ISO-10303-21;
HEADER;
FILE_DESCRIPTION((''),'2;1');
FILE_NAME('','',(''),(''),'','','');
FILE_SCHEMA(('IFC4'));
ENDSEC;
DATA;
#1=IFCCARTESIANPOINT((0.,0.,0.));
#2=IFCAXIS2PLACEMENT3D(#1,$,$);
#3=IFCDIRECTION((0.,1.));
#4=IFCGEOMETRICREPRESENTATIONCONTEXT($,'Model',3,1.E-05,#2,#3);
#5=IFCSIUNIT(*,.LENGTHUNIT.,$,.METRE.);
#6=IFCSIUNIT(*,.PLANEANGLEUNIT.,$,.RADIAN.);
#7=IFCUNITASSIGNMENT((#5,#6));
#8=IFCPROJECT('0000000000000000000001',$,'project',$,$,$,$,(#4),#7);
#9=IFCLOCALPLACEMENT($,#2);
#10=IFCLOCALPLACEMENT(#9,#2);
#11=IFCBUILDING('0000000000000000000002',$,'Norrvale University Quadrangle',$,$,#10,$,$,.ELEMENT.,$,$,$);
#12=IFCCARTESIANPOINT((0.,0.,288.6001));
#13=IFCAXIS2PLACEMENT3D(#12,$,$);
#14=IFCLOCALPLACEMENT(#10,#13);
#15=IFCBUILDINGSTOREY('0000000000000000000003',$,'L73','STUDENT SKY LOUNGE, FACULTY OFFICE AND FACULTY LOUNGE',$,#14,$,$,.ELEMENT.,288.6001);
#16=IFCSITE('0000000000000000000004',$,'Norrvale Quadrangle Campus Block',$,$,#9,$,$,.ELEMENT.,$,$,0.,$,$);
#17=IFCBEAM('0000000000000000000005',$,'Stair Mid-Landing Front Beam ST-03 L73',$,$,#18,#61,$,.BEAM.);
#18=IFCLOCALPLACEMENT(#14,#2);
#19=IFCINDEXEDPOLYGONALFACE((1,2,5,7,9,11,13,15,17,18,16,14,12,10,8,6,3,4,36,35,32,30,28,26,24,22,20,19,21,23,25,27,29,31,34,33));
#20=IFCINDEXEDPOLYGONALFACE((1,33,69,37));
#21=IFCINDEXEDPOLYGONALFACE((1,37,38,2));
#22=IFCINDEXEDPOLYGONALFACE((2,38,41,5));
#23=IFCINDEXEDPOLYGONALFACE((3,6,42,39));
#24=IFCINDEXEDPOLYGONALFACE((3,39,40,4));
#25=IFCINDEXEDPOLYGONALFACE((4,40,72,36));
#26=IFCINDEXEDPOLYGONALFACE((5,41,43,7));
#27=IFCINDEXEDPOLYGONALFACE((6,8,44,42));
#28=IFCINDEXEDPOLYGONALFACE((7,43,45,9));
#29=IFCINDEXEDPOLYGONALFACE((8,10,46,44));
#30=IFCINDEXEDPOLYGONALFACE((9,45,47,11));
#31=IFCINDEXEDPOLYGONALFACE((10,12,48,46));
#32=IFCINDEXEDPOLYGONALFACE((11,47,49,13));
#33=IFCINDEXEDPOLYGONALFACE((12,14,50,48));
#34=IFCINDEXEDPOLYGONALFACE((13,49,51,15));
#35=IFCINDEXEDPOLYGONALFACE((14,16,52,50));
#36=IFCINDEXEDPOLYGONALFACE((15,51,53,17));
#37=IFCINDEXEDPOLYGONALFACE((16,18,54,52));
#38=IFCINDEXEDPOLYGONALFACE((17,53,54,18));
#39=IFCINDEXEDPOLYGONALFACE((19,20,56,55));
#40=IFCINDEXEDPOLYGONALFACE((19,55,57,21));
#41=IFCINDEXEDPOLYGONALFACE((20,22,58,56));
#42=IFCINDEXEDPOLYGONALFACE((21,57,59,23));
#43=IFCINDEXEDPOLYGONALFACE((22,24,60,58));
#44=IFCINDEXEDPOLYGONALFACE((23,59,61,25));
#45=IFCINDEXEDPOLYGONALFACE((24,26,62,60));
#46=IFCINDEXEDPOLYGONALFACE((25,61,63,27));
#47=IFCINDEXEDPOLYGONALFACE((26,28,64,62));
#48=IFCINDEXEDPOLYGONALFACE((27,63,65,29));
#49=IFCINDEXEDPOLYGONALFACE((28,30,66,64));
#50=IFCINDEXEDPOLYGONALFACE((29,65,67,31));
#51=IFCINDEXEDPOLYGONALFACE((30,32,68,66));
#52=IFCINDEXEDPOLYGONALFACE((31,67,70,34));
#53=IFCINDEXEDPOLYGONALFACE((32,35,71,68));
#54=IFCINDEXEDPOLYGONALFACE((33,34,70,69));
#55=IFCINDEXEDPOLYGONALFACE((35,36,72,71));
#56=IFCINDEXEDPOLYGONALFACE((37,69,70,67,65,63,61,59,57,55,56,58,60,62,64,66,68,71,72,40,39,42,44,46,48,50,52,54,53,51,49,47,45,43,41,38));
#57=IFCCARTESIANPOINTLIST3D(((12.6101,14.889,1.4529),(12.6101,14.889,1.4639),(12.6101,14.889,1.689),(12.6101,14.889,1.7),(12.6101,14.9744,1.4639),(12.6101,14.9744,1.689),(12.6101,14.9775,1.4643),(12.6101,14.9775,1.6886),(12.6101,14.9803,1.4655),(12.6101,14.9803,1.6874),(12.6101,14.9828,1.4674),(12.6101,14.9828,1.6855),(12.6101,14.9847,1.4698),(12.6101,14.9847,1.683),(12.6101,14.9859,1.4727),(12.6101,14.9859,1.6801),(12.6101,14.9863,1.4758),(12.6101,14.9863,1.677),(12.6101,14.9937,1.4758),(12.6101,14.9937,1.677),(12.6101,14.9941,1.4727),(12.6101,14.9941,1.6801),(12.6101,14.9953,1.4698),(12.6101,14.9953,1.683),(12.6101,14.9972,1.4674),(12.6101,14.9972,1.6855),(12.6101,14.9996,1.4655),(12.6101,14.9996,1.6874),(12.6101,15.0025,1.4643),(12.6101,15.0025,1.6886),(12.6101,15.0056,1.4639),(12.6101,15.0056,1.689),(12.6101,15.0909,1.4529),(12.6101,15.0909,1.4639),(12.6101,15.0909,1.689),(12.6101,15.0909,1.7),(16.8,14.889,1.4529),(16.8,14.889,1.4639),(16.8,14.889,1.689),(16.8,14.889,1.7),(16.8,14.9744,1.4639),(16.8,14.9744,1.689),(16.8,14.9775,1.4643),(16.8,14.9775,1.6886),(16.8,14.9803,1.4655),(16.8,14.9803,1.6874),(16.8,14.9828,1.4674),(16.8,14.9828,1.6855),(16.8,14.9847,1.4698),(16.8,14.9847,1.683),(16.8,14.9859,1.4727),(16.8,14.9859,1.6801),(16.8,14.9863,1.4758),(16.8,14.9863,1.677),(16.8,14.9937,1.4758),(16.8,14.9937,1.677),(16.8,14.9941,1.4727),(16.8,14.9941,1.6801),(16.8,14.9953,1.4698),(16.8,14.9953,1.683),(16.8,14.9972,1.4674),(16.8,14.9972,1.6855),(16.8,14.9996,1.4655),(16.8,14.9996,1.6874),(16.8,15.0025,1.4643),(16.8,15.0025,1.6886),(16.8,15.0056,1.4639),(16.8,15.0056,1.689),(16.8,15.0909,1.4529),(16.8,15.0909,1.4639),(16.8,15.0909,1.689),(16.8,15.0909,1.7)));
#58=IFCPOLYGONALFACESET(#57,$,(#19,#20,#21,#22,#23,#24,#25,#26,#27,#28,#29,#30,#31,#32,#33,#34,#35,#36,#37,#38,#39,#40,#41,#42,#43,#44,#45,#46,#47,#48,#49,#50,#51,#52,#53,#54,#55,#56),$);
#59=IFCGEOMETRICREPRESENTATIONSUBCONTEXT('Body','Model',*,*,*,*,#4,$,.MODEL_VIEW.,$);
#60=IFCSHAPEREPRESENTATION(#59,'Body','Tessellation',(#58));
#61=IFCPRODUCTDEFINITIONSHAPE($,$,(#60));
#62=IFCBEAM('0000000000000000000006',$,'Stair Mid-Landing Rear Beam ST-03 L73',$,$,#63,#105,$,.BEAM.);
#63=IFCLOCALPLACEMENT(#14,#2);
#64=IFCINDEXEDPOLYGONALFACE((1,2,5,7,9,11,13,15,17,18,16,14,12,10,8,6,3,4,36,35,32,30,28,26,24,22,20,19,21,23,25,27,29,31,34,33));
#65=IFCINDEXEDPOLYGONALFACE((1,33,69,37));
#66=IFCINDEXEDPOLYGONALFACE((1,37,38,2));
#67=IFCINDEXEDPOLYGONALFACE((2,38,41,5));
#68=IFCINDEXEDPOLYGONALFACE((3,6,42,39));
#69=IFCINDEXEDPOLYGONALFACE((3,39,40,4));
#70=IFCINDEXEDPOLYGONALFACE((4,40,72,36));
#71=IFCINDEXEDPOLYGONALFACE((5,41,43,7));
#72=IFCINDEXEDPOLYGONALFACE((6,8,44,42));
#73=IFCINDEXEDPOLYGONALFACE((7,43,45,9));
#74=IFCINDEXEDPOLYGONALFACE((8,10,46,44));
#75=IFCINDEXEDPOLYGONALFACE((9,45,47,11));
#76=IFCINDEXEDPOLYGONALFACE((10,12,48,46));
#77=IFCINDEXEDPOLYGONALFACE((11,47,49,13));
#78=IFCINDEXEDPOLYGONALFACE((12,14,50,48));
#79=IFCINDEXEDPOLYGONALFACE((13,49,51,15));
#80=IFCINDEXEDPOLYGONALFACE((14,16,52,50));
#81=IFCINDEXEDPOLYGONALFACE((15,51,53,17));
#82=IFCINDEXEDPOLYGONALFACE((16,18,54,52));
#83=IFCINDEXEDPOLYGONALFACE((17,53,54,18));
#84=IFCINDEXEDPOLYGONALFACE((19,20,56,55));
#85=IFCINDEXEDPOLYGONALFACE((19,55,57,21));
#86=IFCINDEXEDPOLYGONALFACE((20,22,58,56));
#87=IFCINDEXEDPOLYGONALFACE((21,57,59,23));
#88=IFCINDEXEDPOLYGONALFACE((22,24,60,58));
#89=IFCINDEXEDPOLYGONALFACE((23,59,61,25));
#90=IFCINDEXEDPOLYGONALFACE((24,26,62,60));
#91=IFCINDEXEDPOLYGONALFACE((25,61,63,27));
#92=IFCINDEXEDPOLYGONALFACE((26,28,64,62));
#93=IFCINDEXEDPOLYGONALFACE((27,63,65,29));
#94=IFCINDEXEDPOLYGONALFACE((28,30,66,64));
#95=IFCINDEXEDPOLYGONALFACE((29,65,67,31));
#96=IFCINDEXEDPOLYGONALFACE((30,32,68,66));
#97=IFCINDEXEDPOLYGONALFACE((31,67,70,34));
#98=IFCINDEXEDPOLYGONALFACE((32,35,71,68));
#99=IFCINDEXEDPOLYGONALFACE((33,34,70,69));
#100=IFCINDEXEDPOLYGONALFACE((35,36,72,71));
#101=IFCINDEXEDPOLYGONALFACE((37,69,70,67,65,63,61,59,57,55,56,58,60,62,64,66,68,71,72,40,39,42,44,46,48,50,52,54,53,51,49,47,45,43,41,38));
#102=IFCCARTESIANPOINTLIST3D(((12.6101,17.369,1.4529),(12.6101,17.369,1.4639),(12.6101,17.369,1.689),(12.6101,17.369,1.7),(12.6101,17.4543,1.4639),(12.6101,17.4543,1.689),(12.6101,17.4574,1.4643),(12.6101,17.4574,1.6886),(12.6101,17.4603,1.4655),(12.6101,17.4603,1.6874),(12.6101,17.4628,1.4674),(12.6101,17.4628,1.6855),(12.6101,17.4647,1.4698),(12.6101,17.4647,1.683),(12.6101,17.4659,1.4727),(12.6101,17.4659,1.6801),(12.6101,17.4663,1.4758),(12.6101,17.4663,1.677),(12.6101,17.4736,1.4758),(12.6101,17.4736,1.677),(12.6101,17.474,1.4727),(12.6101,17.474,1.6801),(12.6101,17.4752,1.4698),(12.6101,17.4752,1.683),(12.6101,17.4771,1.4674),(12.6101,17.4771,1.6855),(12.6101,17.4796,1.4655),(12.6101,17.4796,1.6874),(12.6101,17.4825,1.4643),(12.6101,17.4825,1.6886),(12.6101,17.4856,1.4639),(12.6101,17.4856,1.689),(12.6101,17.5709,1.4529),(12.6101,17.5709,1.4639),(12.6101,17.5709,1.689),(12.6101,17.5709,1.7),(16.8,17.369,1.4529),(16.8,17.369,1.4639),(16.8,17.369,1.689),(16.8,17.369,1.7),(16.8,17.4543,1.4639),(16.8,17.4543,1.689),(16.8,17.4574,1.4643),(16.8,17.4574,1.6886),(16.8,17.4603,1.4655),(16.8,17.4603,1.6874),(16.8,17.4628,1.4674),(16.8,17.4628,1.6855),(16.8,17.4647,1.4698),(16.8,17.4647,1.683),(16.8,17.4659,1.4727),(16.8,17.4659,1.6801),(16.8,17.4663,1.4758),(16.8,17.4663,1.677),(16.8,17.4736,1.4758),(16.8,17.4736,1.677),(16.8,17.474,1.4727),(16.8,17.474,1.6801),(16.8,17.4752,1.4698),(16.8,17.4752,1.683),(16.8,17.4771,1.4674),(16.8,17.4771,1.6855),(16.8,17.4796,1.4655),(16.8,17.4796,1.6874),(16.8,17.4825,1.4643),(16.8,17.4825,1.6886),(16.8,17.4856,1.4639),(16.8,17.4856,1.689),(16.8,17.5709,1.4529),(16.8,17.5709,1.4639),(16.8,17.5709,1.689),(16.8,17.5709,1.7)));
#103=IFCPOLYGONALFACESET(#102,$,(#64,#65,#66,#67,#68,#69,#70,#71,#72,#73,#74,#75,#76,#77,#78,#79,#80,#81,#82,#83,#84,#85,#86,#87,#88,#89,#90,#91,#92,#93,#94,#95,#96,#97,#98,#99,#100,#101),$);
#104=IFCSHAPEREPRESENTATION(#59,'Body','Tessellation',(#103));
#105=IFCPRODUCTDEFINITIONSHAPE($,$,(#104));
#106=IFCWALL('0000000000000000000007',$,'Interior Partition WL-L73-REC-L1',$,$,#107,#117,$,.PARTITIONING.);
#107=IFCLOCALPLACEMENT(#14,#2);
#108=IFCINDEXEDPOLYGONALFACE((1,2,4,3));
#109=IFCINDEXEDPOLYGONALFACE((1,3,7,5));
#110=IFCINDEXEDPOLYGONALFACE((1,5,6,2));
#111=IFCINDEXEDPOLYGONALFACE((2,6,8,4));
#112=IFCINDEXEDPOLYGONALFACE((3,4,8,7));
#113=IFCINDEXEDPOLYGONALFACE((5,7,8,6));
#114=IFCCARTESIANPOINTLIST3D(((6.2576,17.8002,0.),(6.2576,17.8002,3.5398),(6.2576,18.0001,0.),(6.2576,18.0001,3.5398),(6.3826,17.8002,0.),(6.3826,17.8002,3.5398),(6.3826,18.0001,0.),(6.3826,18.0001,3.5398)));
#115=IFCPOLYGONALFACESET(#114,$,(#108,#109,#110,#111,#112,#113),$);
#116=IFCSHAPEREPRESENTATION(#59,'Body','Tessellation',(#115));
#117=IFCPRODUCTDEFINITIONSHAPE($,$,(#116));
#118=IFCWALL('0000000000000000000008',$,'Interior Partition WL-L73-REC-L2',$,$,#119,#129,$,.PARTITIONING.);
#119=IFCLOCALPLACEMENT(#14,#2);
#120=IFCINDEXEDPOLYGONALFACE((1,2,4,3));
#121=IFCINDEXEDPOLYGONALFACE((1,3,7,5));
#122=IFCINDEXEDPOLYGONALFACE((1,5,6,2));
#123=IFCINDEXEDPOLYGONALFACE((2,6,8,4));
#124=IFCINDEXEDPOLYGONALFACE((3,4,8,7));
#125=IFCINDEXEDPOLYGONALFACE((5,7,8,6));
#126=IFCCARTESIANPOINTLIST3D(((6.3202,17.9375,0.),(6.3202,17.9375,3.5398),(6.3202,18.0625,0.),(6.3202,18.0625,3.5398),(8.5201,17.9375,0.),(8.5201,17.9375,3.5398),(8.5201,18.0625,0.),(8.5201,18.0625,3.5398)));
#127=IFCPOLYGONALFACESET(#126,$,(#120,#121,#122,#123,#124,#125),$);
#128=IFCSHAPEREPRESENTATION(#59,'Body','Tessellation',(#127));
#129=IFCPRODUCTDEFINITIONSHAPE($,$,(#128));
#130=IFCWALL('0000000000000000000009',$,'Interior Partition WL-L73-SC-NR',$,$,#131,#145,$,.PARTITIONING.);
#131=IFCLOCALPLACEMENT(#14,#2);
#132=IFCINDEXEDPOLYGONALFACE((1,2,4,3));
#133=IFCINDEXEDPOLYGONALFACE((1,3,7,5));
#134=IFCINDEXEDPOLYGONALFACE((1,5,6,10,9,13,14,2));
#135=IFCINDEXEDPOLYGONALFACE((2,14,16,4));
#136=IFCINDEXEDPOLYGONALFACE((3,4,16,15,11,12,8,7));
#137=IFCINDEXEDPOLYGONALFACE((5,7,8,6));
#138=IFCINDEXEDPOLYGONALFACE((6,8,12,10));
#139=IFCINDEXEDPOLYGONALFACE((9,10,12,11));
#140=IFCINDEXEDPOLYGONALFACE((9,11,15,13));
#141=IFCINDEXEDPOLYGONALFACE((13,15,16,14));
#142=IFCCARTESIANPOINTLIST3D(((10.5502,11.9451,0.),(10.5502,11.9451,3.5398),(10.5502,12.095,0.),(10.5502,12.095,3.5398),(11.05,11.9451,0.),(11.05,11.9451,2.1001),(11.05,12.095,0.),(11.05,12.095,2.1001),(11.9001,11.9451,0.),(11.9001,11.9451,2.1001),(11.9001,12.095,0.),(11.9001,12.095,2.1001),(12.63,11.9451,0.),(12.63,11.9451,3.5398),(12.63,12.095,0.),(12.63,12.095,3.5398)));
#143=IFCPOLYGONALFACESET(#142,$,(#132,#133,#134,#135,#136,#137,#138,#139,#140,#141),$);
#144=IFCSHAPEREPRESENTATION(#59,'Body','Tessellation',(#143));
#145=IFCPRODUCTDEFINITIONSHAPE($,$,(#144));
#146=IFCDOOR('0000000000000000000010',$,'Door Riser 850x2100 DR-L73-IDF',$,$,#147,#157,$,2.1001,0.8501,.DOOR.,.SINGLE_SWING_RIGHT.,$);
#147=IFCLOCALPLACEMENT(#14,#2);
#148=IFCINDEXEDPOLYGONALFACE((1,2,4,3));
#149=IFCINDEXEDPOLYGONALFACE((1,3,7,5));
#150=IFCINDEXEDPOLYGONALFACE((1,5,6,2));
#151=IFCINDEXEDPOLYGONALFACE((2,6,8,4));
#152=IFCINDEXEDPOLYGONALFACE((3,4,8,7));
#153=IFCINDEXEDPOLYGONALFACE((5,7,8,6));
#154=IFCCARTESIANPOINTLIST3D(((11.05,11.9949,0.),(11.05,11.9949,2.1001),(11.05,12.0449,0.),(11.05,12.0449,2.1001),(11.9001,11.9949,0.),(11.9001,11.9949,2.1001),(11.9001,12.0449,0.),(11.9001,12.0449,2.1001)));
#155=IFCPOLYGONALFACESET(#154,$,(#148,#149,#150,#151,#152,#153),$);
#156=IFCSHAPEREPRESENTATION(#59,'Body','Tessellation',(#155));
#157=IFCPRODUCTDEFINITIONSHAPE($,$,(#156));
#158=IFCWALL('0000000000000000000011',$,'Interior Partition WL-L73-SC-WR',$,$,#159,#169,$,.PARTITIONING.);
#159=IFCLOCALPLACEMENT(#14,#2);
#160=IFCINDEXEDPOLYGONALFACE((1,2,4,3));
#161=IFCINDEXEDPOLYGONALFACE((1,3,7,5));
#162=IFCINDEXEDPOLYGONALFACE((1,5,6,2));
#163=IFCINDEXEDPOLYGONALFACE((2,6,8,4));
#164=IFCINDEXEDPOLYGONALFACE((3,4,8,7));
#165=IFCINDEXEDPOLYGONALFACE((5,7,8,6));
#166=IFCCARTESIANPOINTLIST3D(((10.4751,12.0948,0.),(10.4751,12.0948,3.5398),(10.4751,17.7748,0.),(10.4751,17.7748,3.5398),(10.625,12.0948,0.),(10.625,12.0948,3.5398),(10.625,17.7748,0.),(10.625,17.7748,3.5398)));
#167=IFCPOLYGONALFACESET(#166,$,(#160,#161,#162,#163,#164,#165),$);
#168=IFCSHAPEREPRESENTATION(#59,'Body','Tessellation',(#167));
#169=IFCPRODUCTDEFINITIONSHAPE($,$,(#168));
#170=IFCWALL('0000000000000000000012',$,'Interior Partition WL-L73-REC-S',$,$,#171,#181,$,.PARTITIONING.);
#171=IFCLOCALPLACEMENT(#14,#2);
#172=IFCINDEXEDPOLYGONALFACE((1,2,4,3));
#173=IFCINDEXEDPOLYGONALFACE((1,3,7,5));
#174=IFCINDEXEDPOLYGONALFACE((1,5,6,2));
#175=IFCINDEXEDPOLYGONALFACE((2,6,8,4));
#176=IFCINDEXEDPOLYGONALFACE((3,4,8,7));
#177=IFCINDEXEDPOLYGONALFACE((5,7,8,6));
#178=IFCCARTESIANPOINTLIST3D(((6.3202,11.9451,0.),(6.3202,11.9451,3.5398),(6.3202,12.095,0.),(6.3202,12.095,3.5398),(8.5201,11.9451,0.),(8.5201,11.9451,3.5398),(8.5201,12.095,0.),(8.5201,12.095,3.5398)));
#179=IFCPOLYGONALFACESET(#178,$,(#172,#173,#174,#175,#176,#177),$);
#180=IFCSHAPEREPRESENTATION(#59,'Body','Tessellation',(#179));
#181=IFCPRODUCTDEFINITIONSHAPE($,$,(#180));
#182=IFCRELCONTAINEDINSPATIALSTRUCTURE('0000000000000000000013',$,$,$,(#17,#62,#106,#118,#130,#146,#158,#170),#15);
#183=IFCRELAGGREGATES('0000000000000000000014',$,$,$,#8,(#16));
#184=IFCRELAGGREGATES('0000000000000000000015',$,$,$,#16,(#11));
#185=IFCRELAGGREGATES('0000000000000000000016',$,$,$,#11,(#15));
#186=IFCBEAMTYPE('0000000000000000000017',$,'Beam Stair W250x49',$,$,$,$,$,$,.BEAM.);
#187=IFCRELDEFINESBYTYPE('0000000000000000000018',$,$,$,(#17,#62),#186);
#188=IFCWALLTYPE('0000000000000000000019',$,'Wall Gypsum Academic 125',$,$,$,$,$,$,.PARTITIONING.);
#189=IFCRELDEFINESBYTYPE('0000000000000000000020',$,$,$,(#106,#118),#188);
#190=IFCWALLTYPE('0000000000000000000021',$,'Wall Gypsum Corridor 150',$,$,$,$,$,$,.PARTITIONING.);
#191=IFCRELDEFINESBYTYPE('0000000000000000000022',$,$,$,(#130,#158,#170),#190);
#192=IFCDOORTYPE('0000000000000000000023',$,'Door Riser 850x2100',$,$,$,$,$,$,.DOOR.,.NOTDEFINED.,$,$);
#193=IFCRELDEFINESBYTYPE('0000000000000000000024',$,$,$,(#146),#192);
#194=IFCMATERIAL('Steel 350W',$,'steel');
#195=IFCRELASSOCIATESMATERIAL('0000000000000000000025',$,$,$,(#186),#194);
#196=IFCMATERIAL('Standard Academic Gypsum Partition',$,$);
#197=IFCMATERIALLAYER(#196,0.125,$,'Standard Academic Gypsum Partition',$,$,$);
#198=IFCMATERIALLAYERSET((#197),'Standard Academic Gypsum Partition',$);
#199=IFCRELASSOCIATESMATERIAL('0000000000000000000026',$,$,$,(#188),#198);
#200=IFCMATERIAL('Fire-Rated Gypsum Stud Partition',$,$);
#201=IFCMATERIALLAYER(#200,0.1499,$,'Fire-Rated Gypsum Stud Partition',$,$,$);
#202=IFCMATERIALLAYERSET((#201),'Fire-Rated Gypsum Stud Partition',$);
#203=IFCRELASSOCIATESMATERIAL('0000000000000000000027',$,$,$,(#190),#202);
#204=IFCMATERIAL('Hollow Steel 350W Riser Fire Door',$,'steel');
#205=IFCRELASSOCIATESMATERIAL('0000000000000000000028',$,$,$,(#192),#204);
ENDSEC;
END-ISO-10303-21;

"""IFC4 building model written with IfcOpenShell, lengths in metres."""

from ifc_helpers import new_model, si_unit, direction, frame, frame_2d, origin, origin_2d, place, context, subcontext, project, spatial, rectangle, i_section, extrude, material, layer, layer_set, material_profile, profile_set, type_object, element, fill, save


model = new_model("IFC4")

# Units and contexts
model_context = context("Model", 3, precision=1e-05, world=origin(), true_north=direction((0.0, 1.0)))
body_context = subcontext(model_context, "Body", "Model", "MODEL_VIEW")
ifc_project = project(units=[si_unit("LENGTHUNIT", "METRE"), si_unit("PLANEANGLEUNIT", "RADIAN")], contexts=[model_context])

# Site, building, storey
site_placement = place(None, origin())
site = spatial("IfcSite", under=ifc_project, at=site_placement, Name="Norrvale Quadrangle Campus Block", CompositionType="ELEMENT", RefElevation=0.0)
building_placement = place(site_placement, origin())
building = spatial("IfcBuilding", under=site, at=building_placement, Name="Norrvale University Quadrangle", CompositionType="ELEMENT")
storey_placement = place(building_placement, frame((0.0, 0.0, 288.6001)))
storey = spatial("IfcBuildingStorey", under=building, at=storey_placement, Name="L73", Description="STUDENT SKY LOUNGE, FACULTY OFFICE AND FACULTY LOUNGE", CompositionType="ELEMENT", Elevation=288.6001)

# Beams
ifc_material_1 = material(Name="Steel 350W", Category="steel")
ifc_material_profile = material_profile(ifc_material_1, i_section(OverallWidth=0.2019, OverallDepth=0.2471, WebThickness=0.0073, FlangeThickness=0.011, FilletRadius=0.012, at=origin_2d()), Name="Steel 350W")
ifc_profile_set = profile_set([ifc_material_profile], Name="Steel 350W")
beam_type = type_object("IfcBeamType", Name="Beam Stair W250x49", PredefinedType="BEAM", material=ifc_profile_set)
for number, where, z_axis, x_axis, name in (
    (1, (12.6101, 14.99, 1.5764), (1.0, 0.0, 0.0), (0.0, 1.0, 0.0), "Stair Mid-Landing Front Beam ST-03 L73"),
    (2, (12.6101, 17.47, 1.5764), (1.0, 0.0, 0.0), (0.0, 1.0, 0.0), "Stair Mid-Landing Rear Beam ST-03 L73"),
):
    element("IfcBeam", number, at=place(storey_placement, frame(where, z_axis=z_axis, x_axis=x_axis)), inside=storey, type_object=beam_type, Name=name, PredefinedType="BEAM", context=body_context, shape_type="SweptSolid", body=[
        extrude(i_section(OverallWidth=0.2019, OverallDepth=0.2471, WebThickness=0.0073, FlangeThickness=0.011, FilletRadius=0.012, at=origin_2d()), origin(), (0.0, 0.0, 1.0), 4.1899),
    ])

# Walls
ifc_material_2 = material(Name="Standard Academic Gypsum Partition")
ifc_layer_1 = layer(ifc_material_2, 0.125, Name="Standard Academic Gypsum Partition")
ifc_layer_set_1 = layer_set([ifc_layer_1], Name="Standard Academic Gypsum Partition")
wall_type_1 = type_object("IfcWallType", Name="Wall Gypsum Academic 125", PredefinedType="PARTITIONING", material=ifc_layer_set_1)
wall_1_placement = place(storey_placement, frame((6.3201, 17.8, 0.0), z_axis=(0.0, 0.0, 1.0), x_axis=(0.0, 1.0, 0.0)))
element("IfcWall", 3, at=wall_1_placement, inside=storey, type_object=wall_type_1, Name="Interior Partition WL-L73-REC-L1", PredefinedType="PARTITIONING", context=body_context, shape_type="SweptSolid", body=[
    extrude(rectangle(XDim=0.2, YDim=0.125, at=frame_2d((0.1001, 0.0))), origin(), (0.0, 0.0, 1.0), 3.5398),
])
wall_2_placement = place(storey_placement, frame((6.3201, 18.0, 0.0), z_axis=(0.0, 0.0, 1.0), x_axis=(1.0, 0.0, 0.0)))
element("IfcWall", 4, at=wall_2_placement, inside=storey, type_object=wall_type_1, Name="Interior Partition WL-L73-REC-L2", PredefinedType="PARTITIONING", context=body_context, shape_type="SweptSolid", body=[
    extrude(rectangle(XDim=2.2, YDim=0.125, at=frame_2d((1.1001, 0.0))), origin(), (0.0, 0.0, 1.0), 3.5398),
])

# Wall, opening, door
ifc_material_3 = material(Name="Fire-Rated Gypsum Stud Partition")
ifc_layer_2 = layer(ifc_material_3, 0.1499, Name="Fire-Rated Gypsum Stud Partition")
ifc_layer_set_2 = layer_set([ifc_layer_2], Name="Fire-Rated Gypsum Stud Partition")
wall_type_2 = type_object("IfcWallType", Name="Wall Gypsum Corridor 150", PredefinedType="PARTITIONING", material=ifc_layer_set_2)
wall_3_placement = place(storey_placement, frame((10.55, 12.02, 0.0), z_axis=(0.0, 0.0, 1.0), x_axis=(1.0, 0.0, 0.0)))
wall_3 = element("IfcWall", 5, at=wall_3_placement, inside=storey, type_object=wall_type_2, Name="Interior Partition WL-L73-SC-NR", PredefinedType="PARTITIONING", context=body_context, shape_type="SweptSolid", body=[
    extrude(rectangle(XDim=2.0798, YDim=0.1499, at=frame_2d((1.04, 0.0))), origin(), (0.0, 0.0, 1.0), 3.5398),
])
opening_1_placement = place(wall_3_placement, frame((0.5, 0.0, 0.0)))
opening_1 = element("IfcOpeningElement", 6, at=opening_1_placement, cuts=wall_3, PredefinedType="OPENING", context=body_context, shape_type="SweptSolid", body=[
    extrude(rectangle(XDim=0.8501, YDim=2.1001, at=frame_2d((0.425, 1.05))), frame((0.0, 0.0869, 0.0), z_axis=(0.0, -1.0, 0.0), x_axis=(1.0, 0.0, 0.0)), (0.0, 0.0, 1.0), 0.1738),
])
ifc_material_4 = material(Name="Hollow Steel 350W Riser Fire Door", Category="steel")
door_type_1 = type_object("IfcDoorType", Name="Door Riser 850x2100", OperationType="NOTDEFINED", PredefinedType="DOOR", material=ifc_material_4)
door_1_placement = place(opening_1_placement, origin())
door_1 = element("IfcDoor", 7, at=door_1_placement, inside=storey, type_object=door_type_1, Name="Door Riser 850x2100 DR-L73-IDF", OperationType="SINGLE_SWING_RIGHT", OverallHeight=2.1001, OverallWidth=0.8501, PredefinedType="DOOR", context=body_context, shape_type="SweptSolid", body=[
    extrude(rectangle(XDim=0.8501, YDim=2.1001, at=frame_2d((0.425, 1.05))), frame((0.0, 0.0249, 0.0), z_axis=(0.0, -1.0, 0.0), x_axis=(1.0, 0.0, 0.0)), (0.0, 0.0, 1.0), 0.05),
])
fill(opening_1, door_1)

# Walls
wall_4_placement = place(storey_placement, frame((10.55, 12.095, 0.0), z_axis=(0.0, 0.0, 1.0), x_axis=(0.0, 1.0, 0.0)))
element("IfcWall", 8, at=wall_4_placement, inside=storey, type_object=wall_type_2, Name="Interior Partition WL-L73-SC-WR", PredefinedType="PARTITIONING", context=body_context, shape_type="SweptSolid", body=[
    extrude(rectangle(XDim=5.6799, YDim=0.1499, at=frame_2d((2.8398, 0.0))), origin(), (0.0, 0.0, 1.0), 3.5398),
])
wall_5_placement = place(storey_placement, frame((6.3201, 12.02, 0.0), z_axis=(0.0, 0.0, 1.0), x_axis=(1.0, 0.0, 0.0)))
element("IfcWall", 9, at=wall_5_placement, inside=storey, type_object=wall_type_2, Name="Interior Partition WL-L73-REC-S", PredefinedType="PARTITIONING", context=body_context, shape_type="SweptSolid", body=[
    extrude(rectangle(XDim=2.2, YDim=0.1499, at=frame_2d((1.1001, 0.0))), origin(), (0.0, 0.0, 1.0), 3.5398),
])

save(model, "model.ifc")
